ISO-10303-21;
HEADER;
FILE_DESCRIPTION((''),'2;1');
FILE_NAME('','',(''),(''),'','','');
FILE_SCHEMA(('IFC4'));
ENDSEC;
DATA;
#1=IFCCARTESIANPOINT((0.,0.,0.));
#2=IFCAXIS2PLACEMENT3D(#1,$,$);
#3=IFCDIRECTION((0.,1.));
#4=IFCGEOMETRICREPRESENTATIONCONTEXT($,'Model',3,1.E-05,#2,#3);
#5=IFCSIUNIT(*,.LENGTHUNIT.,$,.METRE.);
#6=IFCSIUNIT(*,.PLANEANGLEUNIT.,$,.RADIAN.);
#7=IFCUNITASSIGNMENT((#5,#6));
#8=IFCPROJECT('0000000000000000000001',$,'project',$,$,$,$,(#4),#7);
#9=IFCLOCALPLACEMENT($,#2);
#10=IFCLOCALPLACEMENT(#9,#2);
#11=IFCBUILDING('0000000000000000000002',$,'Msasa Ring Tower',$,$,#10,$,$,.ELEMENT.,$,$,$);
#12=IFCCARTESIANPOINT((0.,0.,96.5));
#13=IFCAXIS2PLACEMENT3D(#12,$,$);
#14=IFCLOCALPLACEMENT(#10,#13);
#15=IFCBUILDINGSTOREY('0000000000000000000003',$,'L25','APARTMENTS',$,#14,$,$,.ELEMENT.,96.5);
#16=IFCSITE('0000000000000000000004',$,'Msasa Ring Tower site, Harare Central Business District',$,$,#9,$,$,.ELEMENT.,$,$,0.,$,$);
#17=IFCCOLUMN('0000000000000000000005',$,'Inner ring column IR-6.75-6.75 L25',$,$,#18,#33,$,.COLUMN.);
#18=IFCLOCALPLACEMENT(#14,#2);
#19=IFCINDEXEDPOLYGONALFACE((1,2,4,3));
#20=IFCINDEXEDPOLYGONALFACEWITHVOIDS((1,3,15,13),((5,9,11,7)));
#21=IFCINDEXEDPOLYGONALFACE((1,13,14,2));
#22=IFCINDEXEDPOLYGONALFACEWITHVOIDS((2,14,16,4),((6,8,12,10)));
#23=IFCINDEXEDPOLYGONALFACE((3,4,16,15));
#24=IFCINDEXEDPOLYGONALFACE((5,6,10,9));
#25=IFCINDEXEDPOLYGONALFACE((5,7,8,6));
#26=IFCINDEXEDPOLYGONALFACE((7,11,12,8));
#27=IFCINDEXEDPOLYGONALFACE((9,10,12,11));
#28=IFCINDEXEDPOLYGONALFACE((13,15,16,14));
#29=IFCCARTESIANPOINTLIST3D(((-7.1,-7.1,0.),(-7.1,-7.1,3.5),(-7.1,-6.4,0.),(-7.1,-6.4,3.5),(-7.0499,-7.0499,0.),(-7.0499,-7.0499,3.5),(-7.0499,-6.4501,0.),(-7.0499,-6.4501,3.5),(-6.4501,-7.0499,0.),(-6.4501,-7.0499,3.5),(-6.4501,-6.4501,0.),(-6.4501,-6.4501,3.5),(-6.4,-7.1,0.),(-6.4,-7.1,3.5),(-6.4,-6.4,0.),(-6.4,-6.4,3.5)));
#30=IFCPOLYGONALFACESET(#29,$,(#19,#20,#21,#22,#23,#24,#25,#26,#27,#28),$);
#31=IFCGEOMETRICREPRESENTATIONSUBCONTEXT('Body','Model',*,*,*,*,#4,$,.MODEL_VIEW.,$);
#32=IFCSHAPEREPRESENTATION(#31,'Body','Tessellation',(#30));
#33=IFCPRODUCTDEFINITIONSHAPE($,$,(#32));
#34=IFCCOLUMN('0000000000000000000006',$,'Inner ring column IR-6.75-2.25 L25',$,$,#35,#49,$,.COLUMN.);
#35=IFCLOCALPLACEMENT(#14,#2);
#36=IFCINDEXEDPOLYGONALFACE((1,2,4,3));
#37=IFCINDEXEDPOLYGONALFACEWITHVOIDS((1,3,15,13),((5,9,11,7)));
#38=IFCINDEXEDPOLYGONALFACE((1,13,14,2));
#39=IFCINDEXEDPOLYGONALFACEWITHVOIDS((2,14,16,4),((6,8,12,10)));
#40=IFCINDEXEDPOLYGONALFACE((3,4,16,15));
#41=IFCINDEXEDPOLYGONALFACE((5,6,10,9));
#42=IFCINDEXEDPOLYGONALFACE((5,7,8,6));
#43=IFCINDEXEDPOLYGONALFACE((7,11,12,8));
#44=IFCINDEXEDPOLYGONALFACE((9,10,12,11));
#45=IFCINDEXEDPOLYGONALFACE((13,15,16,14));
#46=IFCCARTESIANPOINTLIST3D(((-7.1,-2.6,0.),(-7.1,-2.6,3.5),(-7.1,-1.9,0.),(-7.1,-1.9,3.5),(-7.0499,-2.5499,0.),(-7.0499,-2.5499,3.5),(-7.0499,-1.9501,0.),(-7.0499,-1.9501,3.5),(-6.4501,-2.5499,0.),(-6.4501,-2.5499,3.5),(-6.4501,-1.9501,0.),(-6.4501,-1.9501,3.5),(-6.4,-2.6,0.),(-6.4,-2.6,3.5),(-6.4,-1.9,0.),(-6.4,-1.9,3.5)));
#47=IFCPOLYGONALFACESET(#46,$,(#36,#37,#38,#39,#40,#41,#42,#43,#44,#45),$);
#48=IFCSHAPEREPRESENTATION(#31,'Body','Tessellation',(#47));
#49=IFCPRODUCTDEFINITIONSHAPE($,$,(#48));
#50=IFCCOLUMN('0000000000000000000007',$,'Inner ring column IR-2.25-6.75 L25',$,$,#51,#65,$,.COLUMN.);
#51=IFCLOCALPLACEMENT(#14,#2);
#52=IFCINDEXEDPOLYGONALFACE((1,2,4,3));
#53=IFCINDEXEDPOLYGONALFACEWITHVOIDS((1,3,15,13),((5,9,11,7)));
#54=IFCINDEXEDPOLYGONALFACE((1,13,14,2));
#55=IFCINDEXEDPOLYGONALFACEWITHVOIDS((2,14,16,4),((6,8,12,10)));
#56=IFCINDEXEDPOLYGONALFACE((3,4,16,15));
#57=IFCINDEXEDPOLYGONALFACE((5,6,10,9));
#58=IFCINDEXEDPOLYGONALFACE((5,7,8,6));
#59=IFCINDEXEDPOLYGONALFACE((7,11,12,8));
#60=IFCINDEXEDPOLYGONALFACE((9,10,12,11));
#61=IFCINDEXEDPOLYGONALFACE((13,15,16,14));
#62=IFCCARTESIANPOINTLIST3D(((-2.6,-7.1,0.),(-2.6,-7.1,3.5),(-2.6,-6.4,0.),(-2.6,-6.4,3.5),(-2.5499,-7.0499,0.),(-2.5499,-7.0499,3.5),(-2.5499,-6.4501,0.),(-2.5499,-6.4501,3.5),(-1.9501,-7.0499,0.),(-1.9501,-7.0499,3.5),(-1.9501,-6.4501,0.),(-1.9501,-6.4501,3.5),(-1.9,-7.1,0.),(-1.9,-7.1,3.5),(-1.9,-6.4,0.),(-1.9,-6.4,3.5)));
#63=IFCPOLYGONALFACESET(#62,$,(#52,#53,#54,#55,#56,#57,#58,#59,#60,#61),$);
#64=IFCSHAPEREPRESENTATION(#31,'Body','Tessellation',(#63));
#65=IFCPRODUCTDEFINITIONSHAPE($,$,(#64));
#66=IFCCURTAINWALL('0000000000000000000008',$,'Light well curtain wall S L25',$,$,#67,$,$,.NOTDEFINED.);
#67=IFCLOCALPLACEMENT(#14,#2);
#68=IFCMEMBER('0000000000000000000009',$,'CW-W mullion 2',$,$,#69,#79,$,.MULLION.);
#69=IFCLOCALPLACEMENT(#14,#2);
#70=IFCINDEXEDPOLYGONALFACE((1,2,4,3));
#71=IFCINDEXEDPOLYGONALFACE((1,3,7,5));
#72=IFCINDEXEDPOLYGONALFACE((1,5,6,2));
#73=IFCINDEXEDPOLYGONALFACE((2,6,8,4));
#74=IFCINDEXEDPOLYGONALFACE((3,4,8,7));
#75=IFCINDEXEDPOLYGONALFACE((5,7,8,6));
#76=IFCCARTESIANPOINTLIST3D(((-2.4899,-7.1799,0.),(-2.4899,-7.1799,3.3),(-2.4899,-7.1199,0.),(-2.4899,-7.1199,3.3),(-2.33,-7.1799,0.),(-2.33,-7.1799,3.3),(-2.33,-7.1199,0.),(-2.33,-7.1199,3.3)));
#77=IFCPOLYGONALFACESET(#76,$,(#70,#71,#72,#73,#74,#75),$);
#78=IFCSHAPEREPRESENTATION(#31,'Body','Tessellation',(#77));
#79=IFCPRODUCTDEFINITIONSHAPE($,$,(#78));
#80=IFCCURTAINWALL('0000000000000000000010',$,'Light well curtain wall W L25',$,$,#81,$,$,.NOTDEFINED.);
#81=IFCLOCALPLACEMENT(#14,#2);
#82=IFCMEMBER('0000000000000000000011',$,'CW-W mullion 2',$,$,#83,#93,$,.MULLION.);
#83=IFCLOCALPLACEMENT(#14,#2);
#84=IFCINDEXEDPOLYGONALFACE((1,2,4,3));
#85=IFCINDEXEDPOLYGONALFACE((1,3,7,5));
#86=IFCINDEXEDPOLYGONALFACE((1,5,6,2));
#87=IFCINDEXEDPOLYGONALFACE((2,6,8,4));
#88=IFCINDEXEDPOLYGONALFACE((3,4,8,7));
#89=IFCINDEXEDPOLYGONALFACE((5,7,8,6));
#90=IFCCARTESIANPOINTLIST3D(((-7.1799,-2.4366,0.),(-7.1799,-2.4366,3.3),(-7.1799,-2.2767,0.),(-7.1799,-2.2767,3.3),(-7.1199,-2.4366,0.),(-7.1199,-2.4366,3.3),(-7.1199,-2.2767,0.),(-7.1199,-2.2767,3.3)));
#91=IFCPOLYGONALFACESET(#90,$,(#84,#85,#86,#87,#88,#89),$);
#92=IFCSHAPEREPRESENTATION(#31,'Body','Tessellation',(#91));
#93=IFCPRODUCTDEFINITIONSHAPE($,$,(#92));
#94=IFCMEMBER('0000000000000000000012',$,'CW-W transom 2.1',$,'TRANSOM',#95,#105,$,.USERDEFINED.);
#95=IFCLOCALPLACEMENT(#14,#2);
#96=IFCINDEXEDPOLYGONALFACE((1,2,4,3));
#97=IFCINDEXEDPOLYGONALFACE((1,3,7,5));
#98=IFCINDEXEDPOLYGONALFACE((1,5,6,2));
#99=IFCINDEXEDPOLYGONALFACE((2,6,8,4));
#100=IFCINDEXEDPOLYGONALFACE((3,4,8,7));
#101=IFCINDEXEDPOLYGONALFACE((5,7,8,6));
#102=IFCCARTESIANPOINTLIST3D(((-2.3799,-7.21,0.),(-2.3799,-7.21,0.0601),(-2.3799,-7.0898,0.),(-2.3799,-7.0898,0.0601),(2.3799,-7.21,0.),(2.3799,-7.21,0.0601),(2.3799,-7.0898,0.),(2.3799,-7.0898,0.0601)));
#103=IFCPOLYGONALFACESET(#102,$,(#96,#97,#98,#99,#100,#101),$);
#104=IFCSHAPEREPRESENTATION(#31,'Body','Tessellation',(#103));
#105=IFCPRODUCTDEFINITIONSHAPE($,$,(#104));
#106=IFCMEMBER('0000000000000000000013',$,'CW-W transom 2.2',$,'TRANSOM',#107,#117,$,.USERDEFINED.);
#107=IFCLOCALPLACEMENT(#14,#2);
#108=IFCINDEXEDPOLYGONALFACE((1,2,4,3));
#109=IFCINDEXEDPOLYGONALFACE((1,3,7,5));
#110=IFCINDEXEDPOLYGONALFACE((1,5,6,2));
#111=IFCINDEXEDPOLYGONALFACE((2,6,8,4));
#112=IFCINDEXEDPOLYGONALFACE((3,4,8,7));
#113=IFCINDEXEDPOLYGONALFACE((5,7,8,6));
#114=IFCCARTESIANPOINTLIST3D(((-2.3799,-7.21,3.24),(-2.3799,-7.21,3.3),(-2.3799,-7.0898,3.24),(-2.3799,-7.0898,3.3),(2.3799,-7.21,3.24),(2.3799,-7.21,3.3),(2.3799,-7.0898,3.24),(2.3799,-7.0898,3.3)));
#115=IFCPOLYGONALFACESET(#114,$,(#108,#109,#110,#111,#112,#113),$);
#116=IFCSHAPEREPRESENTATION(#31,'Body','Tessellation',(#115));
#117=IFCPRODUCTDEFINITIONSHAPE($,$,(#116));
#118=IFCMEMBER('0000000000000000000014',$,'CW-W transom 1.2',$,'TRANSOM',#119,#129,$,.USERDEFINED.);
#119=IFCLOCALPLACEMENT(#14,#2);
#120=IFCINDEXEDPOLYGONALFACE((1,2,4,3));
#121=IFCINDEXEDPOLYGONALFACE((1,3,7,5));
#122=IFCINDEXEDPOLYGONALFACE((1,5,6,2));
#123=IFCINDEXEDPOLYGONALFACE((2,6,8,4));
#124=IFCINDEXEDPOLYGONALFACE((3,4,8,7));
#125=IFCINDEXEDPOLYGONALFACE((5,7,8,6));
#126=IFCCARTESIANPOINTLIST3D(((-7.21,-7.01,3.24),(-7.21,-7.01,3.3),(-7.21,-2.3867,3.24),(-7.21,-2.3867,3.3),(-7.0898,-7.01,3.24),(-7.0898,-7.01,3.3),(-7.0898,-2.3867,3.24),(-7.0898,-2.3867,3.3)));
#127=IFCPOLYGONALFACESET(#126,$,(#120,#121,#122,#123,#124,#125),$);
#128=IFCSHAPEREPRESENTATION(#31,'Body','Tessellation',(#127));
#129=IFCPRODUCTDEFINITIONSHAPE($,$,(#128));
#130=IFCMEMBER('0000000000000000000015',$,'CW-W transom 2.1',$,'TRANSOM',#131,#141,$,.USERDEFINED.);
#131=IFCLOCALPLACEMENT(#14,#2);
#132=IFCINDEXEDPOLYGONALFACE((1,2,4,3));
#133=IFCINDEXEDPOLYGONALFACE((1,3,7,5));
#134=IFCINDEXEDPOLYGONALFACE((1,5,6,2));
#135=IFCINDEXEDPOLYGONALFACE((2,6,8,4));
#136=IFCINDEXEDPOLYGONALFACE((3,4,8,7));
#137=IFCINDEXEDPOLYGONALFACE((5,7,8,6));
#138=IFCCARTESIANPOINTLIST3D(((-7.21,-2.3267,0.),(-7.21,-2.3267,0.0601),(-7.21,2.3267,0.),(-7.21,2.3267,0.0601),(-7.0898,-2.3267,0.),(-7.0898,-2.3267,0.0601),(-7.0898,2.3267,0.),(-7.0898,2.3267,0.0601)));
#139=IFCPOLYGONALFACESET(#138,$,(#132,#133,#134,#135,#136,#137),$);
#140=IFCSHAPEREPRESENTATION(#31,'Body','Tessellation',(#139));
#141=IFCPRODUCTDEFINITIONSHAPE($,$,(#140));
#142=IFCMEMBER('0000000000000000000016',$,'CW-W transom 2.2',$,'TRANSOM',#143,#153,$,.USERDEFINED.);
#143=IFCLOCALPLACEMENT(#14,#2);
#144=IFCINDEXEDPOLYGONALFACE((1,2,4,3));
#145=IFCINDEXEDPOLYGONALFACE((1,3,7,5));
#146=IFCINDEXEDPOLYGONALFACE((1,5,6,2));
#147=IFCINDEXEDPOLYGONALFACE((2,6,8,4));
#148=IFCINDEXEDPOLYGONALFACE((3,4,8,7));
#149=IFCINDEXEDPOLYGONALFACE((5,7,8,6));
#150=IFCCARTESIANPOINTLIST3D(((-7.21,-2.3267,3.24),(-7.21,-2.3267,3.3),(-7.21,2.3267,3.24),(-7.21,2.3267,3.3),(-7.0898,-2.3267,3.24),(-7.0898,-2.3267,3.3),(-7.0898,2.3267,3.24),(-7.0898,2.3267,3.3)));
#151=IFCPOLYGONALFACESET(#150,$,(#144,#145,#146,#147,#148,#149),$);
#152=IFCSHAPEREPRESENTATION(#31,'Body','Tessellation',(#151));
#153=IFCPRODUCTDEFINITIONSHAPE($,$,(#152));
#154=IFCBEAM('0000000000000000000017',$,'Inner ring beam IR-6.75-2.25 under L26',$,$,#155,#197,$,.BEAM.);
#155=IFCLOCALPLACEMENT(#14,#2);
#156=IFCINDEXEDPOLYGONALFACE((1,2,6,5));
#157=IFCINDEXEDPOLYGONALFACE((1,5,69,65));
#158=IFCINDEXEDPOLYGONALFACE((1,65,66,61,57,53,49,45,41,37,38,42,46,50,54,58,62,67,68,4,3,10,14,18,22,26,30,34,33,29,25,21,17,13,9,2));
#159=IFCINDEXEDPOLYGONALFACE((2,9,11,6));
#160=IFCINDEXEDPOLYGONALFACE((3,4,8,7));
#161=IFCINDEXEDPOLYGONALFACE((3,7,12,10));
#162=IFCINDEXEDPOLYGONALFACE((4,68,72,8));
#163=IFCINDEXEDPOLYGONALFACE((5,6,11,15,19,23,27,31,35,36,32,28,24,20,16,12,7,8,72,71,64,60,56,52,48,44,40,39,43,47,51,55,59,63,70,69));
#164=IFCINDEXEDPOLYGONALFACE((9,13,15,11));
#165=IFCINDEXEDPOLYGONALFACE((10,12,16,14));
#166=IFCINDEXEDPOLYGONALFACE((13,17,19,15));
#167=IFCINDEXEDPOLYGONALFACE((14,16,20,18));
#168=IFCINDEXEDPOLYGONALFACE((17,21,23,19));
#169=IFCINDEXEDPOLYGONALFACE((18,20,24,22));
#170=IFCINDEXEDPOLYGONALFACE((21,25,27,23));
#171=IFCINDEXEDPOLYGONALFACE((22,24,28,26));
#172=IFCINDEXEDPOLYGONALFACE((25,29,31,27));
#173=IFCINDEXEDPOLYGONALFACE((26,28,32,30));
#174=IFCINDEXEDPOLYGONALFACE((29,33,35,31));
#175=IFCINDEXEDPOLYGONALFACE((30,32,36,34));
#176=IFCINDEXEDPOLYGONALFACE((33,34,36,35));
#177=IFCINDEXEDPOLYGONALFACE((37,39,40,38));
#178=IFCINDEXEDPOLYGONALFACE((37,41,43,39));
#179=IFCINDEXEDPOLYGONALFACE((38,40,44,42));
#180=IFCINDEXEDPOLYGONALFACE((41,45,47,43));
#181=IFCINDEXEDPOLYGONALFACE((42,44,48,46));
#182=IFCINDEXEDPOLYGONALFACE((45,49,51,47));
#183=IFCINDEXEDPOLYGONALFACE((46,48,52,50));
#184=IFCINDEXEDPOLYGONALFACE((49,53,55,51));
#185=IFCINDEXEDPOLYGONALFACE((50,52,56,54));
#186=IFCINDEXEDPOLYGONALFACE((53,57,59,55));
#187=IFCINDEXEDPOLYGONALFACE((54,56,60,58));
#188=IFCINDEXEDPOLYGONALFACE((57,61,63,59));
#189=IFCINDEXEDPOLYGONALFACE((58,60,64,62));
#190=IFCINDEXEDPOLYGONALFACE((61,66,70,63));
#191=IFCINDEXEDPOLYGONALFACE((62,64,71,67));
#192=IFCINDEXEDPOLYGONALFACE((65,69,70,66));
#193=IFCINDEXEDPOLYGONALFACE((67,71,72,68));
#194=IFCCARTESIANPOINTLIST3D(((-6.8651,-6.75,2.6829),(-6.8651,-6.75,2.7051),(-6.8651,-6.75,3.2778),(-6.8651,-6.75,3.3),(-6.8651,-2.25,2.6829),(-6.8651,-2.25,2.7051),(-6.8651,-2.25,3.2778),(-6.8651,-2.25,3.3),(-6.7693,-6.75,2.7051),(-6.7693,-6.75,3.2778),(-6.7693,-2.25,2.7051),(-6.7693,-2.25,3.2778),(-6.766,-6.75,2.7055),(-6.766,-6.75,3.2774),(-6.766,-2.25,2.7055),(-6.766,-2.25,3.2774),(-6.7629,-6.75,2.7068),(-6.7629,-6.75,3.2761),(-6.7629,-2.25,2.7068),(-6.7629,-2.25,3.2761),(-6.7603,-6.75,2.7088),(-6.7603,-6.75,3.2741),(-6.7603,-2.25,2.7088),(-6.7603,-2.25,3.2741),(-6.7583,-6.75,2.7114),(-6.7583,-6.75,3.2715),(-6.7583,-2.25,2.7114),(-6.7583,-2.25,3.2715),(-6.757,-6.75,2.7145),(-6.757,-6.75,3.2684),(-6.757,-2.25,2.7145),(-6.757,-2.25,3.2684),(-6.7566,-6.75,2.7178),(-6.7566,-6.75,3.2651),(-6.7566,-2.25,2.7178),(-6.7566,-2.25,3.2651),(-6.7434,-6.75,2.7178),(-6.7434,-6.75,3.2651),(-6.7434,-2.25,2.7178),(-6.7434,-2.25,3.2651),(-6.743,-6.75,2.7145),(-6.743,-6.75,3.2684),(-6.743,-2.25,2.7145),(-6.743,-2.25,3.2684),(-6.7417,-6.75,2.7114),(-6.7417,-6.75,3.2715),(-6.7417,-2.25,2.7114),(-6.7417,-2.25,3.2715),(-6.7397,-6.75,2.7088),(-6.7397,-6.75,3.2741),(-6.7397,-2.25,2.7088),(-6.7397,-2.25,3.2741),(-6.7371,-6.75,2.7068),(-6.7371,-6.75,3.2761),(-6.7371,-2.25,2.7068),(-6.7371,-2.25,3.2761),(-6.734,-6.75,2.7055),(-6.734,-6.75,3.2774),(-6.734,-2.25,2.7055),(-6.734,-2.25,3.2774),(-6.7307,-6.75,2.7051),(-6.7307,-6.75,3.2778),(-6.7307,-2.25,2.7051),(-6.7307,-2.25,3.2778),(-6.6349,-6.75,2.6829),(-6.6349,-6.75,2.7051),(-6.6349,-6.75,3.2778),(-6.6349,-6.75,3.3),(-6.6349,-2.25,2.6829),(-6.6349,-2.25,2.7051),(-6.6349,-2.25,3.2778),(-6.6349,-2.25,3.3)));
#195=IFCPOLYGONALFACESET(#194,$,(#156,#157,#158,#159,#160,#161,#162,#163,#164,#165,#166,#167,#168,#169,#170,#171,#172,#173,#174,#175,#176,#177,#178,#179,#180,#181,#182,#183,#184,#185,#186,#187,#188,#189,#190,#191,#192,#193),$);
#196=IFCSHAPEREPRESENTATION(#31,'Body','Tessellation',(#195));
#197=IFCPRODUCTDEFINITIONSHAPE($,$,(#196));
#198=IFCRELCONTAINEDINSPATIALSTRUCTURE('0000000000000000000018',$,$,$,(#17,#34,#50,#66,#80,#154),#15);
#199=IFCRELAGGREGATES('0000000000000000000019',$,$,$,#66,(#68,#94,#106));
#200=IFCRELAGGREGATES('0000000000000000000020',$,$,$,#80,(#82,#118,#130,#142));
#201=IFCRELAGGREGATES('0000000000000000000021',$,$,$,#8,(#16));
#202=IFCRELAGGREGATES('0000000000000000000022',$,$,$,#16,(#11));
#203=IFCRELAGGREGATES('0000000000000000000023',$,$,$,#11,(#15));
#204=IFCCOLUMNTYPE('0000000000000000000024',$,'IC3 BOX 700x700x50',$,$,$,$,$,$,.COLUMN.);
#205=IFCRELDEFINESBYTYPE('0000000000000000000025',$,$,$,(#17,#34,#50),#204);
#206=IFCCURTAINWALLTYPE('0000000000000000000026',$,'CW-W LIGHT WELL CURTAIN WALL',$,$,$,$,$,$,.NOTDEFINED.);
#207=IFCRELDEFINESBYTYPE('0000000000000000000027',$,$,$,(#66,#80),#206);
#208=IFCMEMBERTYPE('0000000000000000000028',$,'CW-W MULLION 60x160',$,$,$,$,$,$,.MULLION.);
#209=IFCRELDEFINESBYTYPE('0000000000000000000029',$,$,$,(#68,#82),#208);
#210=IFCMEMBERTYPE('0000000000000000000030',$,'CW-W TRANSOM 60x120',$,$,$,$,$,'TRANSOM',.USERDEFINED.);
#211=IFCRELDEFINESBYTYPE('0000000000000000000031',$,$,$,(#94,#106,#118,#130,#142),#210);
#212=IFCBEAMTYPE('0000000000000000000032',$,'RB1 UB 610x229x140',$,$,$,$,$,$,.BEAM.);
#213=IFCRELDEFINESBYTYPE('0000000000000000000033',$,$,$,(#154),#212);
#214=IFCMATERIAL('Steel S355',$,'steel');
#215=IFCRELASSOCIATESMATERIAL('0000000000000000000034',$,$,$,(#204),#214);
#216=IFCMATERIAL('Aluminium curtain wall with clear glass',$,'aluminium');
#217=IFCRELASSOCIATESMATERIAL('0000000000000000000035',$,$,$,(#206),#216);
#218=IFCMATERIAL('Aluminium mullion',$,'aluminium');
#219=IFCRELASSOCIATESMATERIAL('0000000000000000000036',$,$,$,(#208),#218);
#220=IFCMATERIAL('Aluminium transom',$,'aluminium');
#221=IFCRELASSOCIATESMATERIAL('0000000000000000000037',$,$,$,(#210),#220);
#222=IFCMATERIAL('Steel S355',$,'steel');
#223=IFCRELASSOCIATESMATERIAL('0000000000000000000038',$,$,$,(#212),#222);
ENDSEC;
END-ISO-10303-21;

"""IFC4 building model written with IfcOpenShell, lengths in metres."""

from ifc_helpers import new_model, si_unit, direction, frame, origin, origin_2d, place, context, subcontext, project, spatial, rectangle, hollow_rectangle, i_section, extrude, material, material_profile, profile_set, type_object, element, aggregate, save


model = new_model("IFC4")

# Units and contexts
model_context = context("Model", 3, precision=1e-05, world=origin(), true_north=direction((0.0, 1.0)))
body_context = subcontext(model_context, "Body", "Model", "MODEL_VIEW")
ifc_project = project(units=[si_unit("LENGTHUNIT", "METRE"), si_unit("PLANEANGLEUNIT", "RADIAN")], contexts=[model_context])

# Site, building, storey
site_placement = place(None, origin())
site = spatial("IfcSite", under=ifc_project, at=site_placement, Name="Msasa Ring Tower site, Harare Central Business District", CompositionType="ELEMENT", RefElevation=0.0)
building_placement = place(site_placement, origin())
building = spatial("IfcBuilding", under=site, at=building_placement, Name="Msasa Ring Tower", CompositionType="ELEMENT")
storey_placement = place(building_placement, frame((0.0, 0.0, 96.5)))
storey = spatial("IfcBuildingStorey", under=building, at=storey_placement, Name="L25", Description="APARTMENTS", CompositionType="ELEMENT", Elevation=96.5)

# Columns
ifc_material_1 = material(Name="Steel S355", Category="steel")
ifc_material_profile_1 = material_profile(ifc_material_1, hollow_rectangle(XDim=0.7, YDim=0.7, WallThickness=0.05, at=origin_2d()), Name="BOX 700x700x50")
ifc_profile_set_1 = profile_set([ifc_material_profile_1], Name="Steel S355")
column_type = type_object("IfcColumnType", Name="IC3 BOX 700x700x50", PredefinedType="COLUMN", material=ifc_profile_set_1)
for number, where, z_axis, x_axis, name in (
    (1, (-6.75, -6.75, 0.0), (0.0, 0.0, 1.0), (1.0, 0.0, 0.0), "Inner ring column IR-6.75-6.75 L25"),
    (2, (-6.75, -2.25, 0.0), (0.0, 0.0, 1.0), (1.0, 0.0, 0.0), "Inner ring column IR-6.75-2.25 L25"),
    (3, (-2.25, -6.75, 0.0), (0.0, 0.0, 1.0), (1.0, 0.0, 0.0), "Inner ring column IR-2.25-6.75 L25"),
):
    element("IfcColumn", number, at=place(storey_placement, frame(where, z_axis=z_axis, x_axis=x_axis)), inside=storey, type_object=column_type, Name=name, PredefinedType="COLUMN", context=body_context, shape_type="SweptSolid", body=[
        extrude(hollow_rectangle(XDim=0.7, YDim=0.7, WallThickness=0.05, at=origin_2d()), origin(), (0.0, 0.0, 1.0), 3.5),
    ])

# Curtain walls, members
ifc_material_2 = material(Name="Aluminium curtain wall with clear glass", Category="aluminium")
curtain_wall_type = type_object("IfcCurtainWallType", Name="CW-W LIGHT WELL CURTAIN WALL", PredefinedType="NOTDEFINED", material=ifc_material_2)
curtain_wall_1_placement = place(storey_placement, origin())
curtain_wall_1 = element("IfcCurtainWall", 4, at=curtain_wall_1_placement, inside=storey, type_object=curtain_wall_type, Name="Light well curtain wall S L25", PredefinedType="NOTDEFINED")
ifc_material_3 = material(Name="Aluminium mullion", Category="aluminium")
ifc_material_profile_2 = material_profile(ifc_material_3, rectangle(XDim=0.0601, YDim=0.1599, at=origin_2d()), Name="AL 60x160")
ifc_profile_set_2 = profile_set([ifc_material_profile_2], Name="Aluminium mullion")
member_type_1 = type_object("IfcMemberType", Name="CW-W MULLION 60x160", PredefinedType="MULLION", material=ifc_profile_set_2)
member_1_placement = place(storey_placement, frame((-2.4099, -7.1499, 0.0), z_axis=(0.0, 0.0, 1.0), x_axis=(0.0, 1.0, 0.0)))
member_1 = element("IfcMember", 5, at=member_1_placement, type_object=member_type_1, Name="CW-W mullion 2", PredefinedType="MULLION", context=body_context, shape_type="SweptSolid", body=[
    extrude(rectangle(XDim=0.0601, YDim=0.1599, at=origin_2d()), origin(), (0.0, 0.0, 1.0), 3.3),
])
curtain_wall_2_placement = place(storey_placement, origin())
curtain_wall_2 = element("IfcCurtainWall", 6, at=curtain_wall_2_placement, inside=storey, type_object=curtain_wall_type, Name="Light well curtain wall W L25", PredefinedType="NOTDEFINED")
member_2_placement = place(storey_placement, frame((-7.1499, -2.3567, 0.0), z_axis=(0.0, 0.0, 1.0), x_axis=(-1.0, 0.0, 0.0)))
member_2 = element("IfcMember", 7, at=member_2_placement, type_object=member_type_1, Name="CW-W mullion 2", PredefinedType="MULLION", context=body_context, shape_type="SweptSolid", body=[
    extrude(rectangle(XDim=0.0601, YDim=0.1599, at=origin_2d()), origin(), (0.0, 0.0, 1.0), 3.3),
])

# Members
ifc_material_4 = material(Name="Aluminium transom", Category="aluminium")
ifc_material_profile_3 = material_profile(ifc_material_4, rectangle(XDim=0.1201, YDim=0.0601, at=origin_2d()), Name="AL 60x120")
ifc_profile_set_3 = profile_set([ifc_material_profile_3], Name="Aluminium transom")
member_type_2 = type_object("IfcMemberType", Name="CW-W TRANSOM 60x120", ElementType="TRANSOM", PredefinedType="USERDEFINED", material=ifc_profile_set_3)
member_3_placement = place(storey_placement, frame((-2.3799, -7.1499, 0.03), z_axis=(1.0, 0.0, 0.0), x_axis=(0.0, 1.0, 0.0)))
member_3 = element("IfcMember", 8, at=member_3_placement, type_object=member_type_2, Name="CW-W transom 2.1", ObjectType="TRANSOM", PredefinedType="USERDEFINED", context=body_context, shape_type="SweptSolid", body=[
    extrude(rectangle(XDim=0.1201, YDim=0.0601, at=origin_2d()), origin(), (0.0, 0.0, 1.0), 4.7598),
])
member_4_placement = place(storey_placement, frame((-2.3799, -7.1499, 3.27), z_axis=(1.0, 0.0, 0.0), x_axis=(0.0, 1.0, 0.0)))
member_4 = element("IfcMember", 9, at=member_4_placement, type_object=member_type_2, Name="CW-W transom 2.2", ObjectType="TRANSOM", PredefinedType="USERDEFINED", context=body_context, shape_type="SweptSolid", body=[
    extrude(rectangle(XDim=0.1201, YDim=0.0601, at=origin_2d()), origin(), (0.0, 0.0, 1.0), 4.7598),
])
member_5_placement = place(storey_placement, frame((-7.1499, -7.01, 3.27), z_axis=(0.0, 1.0, 0.0), x_axis=(-1.0, 0.0, 0.0)))
member_5 = element("IfcMember", 10, at=member_5_placement, type_object=member_type_2, Name="CW-W transom 1.2", ObjectType="TRANSOM", PredefinedType="USERDEFINED", context=body_context, shape_type="SweptSolid", body=[
    extrude(rectangle(XDim=0.1201, YDim=0.0601, at=origin_2d()), origin(), (0.0, 0.0, 1.0), 4.6233),
])
member_6_placement = place(storey_placement, frame((-7.1499, -2.3267, 0.03), z_axis=(0.0, 1.0, 0.0), x_axis=(-1.0, 0.0, 0.0)))
member_6 = element("IfcMember", 11, at=member_6_placement, type_object=member_type_2, Name="CW-W transom 2.1", ObjectType="TRANSOM", PredefinedType="USERDEFINED", context=body_context, shape_type="SweptSolid", body=[
    extrude(rectangle(XDim=0.1201, YDim=0.0601, at=origin_2d()), origin(), (0.0, 0.0, 1.0), 4.6533),
])
member_7_placement = place(storey_placement, frame((-7.1499, -2.3267, 3.27), z_axis=(0.0, 1.0, 0.0), x_axis=(-1.0, 0.0, 0.0)))
member_7 = element("IfcMember", 12, at=member_7_placement, type_object=member_type_2, Name="CW-W transom 2.2", ObjectType="TRANSOM", PredefinedType="USERDEFINED", context=body_context, shape_type="SweptSolid", body=[
    extrude(rectangle(XDim=0.1201, YDim=0.0601, at=origin_2d()), origin(), (0.0, 0.0, 1.0), 4.6533),
])

# Beam
ifc_material_5 = material(Name="Steel S355", Category="steel")
ifc_material_profile_4 = material_profile(ifc_material_5, i_section(OverallWidth=0.2302, OverallDepth=0.6172, WebThickness=0.0132, FlangeThickness=0.0222, FilletRadius=0.0127, at=origin_2d()), Name="UB 610x229x140")
ifc_profile_set_4 = profile_set([ifc_material_profile_4], Name="Steel S355")
beam_type = type_object("IfcBeamType", Name="RB1 UB 610x229x140", PredefinedType="BEAM", material=ifc_profile_set_4)
for number, where, z_axis, x_axis, name in (
    (13, (-6.75, -2.25, 2.9915), (0.0, -1.0, 0.0), (1.0, 0.0, 0.0), "Inner ring beam IR-6.75-2.25 under L26"),
):
    element("IfcBeam", number, at=place(storey_placement, frame(where, z_axis=z_axis, x_axis=x_axis)), inside=storey, type_object=beam_type, Name=name, PredefinedType="BEAM", context=body_context, shape_type="SweptSolid", body=[
        extrude(i_section(OverallWidth=0.2302, OverallDepth=0.6172, WebThickness=0.0132, FlangeThickness=0.0222, FilletRadius=0.0127, at=origin_2d()), origin(), (0.0, 0.0, 1.0), 4.5),
    ])

aggregate(curtain_wall_1, [member_1, member_3, member_4])
aggregate(curtain_wall_2, [member_2, member_5, member_6, member_7])

save(model, "model.ifc")
